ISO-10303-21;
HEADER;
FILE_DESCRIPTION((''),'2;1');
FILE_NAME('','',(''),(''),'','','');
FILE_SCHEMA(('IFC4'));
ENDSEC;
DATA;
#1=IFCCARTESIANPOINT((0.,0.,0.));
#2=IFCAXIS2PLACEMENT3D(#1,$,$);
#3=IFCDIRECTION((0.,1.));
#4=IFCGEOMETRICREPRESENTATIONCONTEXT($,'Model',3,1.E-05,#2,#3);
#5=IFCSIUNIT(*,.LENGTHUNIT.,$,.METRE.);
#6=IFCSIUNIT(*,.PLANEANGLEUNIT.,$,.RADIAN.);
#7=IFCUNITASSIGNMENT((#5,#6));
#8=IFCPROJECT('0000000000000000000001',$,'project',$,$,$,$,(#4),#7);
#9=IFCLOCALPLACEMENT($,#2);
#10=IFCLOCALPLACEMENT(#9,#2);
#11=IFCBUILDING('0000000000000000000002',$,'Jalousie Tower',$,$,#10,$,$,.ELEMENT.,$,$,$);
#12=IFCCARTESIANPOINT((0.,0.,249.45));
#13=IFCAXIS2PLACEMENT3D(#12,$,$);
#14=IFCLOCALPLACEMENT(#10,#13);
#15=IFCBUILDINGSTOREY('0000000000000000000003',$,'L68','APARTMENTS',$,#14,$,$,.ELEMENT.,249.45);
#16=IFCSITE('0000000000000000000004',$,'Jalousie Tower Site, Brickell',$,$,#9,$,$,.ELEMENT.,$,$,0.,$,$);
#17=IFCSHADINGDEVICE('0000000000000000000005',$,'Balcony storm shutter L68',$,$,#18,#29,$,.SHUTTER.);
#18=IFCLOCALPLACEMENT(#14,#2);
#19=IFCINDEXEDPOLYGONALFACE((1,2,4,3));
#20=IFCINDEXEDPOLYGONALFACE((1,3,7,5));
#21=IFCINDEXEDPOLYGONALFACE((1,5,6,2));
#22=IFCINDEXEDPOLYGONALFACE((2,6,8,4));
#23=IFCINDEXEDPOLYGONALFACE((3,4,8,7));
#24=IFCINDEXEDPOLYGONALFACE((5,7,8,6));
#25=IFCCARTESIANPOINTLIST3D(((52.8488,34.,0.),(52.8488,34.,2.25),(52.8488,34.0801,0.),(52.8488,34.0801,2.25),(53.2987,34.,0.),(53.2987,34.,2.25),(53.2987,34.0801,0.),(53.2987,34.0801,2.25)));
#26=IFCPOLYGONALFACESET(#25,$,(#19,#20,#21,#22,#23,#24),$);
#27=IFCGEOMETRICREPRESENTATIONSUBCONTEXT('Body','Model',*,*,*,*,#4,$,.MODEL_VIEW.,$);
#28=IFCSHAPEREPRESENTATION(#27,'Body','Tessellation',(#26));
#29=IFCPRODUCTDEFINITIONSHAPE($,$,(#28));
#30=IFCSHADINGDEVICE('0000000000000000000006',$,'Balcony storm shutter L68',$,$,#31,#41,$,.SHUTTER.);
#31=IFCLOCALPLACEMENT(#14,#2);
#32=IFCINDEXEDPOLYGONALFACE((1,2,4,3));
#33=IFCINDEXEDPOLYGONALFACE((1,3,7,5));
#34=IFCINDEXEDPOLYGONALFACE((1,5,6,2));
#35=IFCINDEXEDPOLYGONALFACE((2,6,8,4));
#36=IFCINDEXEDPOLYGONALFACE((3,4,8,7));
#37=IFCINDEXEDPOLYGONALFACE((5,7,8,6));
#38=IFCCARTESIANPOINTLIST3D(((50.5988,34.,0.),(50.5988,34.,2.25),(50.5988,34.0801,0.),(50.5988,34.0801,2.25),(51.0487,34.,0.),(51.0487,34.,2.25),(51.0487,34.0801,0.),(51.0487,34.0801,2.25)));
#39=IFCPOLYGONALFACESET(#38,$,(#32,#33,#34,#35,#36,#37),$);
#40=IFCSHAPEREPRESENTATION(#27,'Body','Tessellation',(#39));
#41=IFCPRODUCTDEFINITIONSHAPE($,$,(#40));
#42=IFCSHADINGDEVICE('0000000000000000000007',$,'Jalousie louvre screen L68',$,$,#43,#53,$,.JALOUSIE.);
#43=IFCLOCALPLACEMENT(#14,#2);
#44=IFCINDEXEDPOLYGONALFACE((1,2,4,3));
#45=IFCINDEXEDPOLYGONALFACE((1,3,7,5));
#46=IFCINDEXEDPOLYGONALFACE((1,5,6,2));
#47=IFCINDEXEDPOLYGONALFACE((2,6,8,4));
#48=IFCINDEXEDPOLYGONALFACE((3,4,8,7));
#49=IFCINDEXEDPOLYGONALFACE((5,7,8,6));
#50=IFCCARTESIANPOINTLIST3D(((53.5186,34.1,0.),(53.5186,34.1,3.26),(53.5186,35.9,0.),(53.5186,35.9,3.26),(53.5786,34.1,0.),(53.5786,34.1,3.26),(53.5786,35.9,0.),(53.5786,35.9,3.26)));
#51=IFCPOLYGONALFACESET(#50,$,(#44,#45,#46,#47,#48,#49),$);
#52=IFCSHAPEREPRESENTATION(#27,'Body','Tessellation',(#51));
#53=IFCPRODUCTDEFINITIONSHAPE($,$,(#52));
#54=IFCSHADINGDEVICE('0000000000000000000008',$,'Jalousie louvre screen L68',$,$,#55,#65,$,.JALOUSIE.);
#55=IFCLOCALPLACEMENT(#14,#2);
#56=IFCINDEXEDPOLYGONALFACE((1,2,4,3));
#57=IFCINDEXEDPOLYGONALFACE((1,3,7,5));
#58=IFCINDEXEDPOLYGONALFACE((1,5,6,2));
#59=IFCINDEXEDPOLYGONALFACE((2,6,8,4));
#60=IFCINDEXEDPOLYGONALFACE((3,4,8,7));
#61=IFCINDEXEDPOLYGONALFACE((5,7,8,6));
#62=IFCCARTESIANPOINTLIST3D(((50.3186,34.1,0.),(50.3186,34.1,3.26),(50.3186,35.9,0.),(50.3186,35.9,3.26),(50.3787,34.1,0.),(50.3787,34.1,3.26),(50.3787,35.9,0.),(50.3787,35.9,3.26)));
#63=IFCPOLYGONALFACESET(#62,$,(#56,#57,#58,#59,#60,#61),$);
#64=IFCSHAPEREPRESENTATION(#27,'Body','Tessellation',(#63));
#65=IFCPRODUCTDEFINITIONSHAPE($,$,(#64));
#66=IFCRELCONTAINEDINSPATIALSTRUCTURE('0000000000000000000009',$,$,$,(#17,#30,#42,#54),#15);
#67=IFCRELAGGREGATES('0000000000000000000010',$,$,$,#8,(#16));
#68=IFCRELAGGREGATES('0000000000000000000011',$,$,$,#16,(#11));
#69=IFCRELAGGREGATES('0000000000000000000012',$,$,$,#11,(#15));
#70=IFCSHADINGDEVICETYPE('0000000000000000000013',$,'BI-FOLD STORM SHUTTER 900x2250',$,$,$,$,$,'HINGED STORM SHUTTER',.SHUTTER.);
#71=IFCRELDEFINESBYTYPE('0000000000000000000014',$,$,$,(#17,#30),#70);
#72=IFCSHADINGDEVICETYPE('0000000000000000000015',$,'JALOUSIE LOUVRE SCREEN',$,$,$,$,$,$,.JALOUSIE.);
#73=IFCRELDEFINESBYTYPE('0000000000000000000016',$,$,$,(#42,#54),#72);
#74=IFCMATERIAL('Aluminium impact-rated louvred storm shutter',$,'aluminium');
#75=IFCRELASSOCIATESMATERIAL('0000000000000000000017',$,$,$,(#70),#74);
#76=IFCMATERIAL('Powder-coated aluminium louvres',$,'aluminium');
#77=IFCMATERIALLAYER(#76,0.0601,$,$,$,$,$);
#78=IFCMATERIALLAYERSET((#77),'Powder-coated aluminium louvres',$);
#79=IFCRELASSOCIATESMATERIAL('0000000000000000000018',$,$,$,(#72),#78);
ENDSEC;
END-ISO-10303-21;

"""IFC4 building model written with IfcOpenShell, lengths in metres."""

from ifc_helpers import new_model, si_unit, direction, frame, origin, origin_2d, place, context, subcontext, project, spatial, rectangle, extrude, material, layer, layer_set, type_object, element, save


model = new_model("IFC4")

# Units and contexts
model_context = context("Model", 3, precision=1e-05, world=origin(), true_north=direction((0.0, 1.0)))
body_context = subcontext(model_context, "Body", "Model", "MODEL_VIEW")
ifc_project = project(units=[si_unit("LENGTHUNIT", "METRE"), si_unit("PLANEANGLEUNIT", "RADIAN")], contexts=[model_context])

# Site, building, storey
site_placement = place(None, origin())
site = spatial("IfcSite", under=ifc_project, at=site_placement, Name="Jalousie Tower Site, Brickell", CompositionType="ELEMENT", RefElevation=0.0)
building_placement = place(site_placement, origin())
building = spatial("IfcBuilding", under=site, at=building_placement, Name="Jalousie Tower", CompositionType="ELEMENT")
storey_placement = place(building_placement, frame((0.0, 0.0, 249.45)))
storey = spatial("IfcBuildingStorey", under=building, at=storey_placement, Name="L68", Description="APARTMENTS", CompositionType="ELEMENT", Elevation=249.45)

# Shading devices
ifc_material_1 = material(Name="Aluminium impact-rated louvred storm shutter", Category="aluminium")
shading_device_type_1 = type_object("IfcShadingDeviceType", Name="BI-FOLD STORM SHUTTER 900x2250", ElementType="HINGED STORM SHUTTER", PredefinedType="SHUTTER", material=ifc_material_1)
for number, where, z_axis, x_axis, name in (
    (1, (53.0737, 34.04, 0.0), (0.0, 0.0, 1.0), (-1.0, 0.0, 0.0), "Balcony storm shutter L68"),
    (2, (50.8237, 34.04, 0.0), (0.0, 0.0, 1.0), (-1.0, 0.0, 0.0), "Balcony storm shutter L68"),
):
    element("IfcShadingDevice", number, at=place(storey_placement, frame(where, z_axis=z_axis, x_axis=x_axis)), inside=storey, type_object=shading_device_type_1, Name=name, PredefinedType="SHUTTER", context=body_context, shape_type="SweptSolid", body=[
        extrude(rectangle(XDim=0.45, YDim=0.0801, at=origin_2d()), origin(), (0.0, 0.0, 1.0), 2.25),
    ])

# Shading devices
ifc_material_2 = material(Name="Powder-coated aluminium louvres", Category="aluminium")
ifc_layer_1 = layer(ifc_material_2, 0.0601)
ifc_layer_set_1 = layer_set([ifc_layer_1], Name="Powder-coated aluminium louvres")
shading_device_type_2 = type_object("IfcShadingDeviceType", Name="JALOUSIE LOUVRE SCREEN", PredefinedType="JALOUSIE", material=ifc_layer_set_1)
for number, where, z_axis, x_axis, name in (
    (3, (53.5486, 35.0, 0.0), (0.0, 0.0, 1.0), (-1.0, 0.0, 0.0), "Jalousie louvre screen L68"),
    (4, (50.3486, 35.0, 0.0), (0.0, 0.0, 1.0), (-1.0, 0.0, 0.0), "Jalousie louvre screen L68"),
):
    element("IfcShadingDevice", number, at=place(storey_placement, frame(where, z_axis=z_axis, x_axis=x_axis)), inside=storey, type_object=shading_device_type_2, Name=name, PredefinedType="JALOUSIE", context=body_context, shape_type="SweptSolid", body=[
        extrude(rectangle(XDim=0.0601, YDim=1.8, at=origin_2d()), origin(), (0.0, 0.0, 1.0), 3.26),
    ])

save(model, "model.ifc")
